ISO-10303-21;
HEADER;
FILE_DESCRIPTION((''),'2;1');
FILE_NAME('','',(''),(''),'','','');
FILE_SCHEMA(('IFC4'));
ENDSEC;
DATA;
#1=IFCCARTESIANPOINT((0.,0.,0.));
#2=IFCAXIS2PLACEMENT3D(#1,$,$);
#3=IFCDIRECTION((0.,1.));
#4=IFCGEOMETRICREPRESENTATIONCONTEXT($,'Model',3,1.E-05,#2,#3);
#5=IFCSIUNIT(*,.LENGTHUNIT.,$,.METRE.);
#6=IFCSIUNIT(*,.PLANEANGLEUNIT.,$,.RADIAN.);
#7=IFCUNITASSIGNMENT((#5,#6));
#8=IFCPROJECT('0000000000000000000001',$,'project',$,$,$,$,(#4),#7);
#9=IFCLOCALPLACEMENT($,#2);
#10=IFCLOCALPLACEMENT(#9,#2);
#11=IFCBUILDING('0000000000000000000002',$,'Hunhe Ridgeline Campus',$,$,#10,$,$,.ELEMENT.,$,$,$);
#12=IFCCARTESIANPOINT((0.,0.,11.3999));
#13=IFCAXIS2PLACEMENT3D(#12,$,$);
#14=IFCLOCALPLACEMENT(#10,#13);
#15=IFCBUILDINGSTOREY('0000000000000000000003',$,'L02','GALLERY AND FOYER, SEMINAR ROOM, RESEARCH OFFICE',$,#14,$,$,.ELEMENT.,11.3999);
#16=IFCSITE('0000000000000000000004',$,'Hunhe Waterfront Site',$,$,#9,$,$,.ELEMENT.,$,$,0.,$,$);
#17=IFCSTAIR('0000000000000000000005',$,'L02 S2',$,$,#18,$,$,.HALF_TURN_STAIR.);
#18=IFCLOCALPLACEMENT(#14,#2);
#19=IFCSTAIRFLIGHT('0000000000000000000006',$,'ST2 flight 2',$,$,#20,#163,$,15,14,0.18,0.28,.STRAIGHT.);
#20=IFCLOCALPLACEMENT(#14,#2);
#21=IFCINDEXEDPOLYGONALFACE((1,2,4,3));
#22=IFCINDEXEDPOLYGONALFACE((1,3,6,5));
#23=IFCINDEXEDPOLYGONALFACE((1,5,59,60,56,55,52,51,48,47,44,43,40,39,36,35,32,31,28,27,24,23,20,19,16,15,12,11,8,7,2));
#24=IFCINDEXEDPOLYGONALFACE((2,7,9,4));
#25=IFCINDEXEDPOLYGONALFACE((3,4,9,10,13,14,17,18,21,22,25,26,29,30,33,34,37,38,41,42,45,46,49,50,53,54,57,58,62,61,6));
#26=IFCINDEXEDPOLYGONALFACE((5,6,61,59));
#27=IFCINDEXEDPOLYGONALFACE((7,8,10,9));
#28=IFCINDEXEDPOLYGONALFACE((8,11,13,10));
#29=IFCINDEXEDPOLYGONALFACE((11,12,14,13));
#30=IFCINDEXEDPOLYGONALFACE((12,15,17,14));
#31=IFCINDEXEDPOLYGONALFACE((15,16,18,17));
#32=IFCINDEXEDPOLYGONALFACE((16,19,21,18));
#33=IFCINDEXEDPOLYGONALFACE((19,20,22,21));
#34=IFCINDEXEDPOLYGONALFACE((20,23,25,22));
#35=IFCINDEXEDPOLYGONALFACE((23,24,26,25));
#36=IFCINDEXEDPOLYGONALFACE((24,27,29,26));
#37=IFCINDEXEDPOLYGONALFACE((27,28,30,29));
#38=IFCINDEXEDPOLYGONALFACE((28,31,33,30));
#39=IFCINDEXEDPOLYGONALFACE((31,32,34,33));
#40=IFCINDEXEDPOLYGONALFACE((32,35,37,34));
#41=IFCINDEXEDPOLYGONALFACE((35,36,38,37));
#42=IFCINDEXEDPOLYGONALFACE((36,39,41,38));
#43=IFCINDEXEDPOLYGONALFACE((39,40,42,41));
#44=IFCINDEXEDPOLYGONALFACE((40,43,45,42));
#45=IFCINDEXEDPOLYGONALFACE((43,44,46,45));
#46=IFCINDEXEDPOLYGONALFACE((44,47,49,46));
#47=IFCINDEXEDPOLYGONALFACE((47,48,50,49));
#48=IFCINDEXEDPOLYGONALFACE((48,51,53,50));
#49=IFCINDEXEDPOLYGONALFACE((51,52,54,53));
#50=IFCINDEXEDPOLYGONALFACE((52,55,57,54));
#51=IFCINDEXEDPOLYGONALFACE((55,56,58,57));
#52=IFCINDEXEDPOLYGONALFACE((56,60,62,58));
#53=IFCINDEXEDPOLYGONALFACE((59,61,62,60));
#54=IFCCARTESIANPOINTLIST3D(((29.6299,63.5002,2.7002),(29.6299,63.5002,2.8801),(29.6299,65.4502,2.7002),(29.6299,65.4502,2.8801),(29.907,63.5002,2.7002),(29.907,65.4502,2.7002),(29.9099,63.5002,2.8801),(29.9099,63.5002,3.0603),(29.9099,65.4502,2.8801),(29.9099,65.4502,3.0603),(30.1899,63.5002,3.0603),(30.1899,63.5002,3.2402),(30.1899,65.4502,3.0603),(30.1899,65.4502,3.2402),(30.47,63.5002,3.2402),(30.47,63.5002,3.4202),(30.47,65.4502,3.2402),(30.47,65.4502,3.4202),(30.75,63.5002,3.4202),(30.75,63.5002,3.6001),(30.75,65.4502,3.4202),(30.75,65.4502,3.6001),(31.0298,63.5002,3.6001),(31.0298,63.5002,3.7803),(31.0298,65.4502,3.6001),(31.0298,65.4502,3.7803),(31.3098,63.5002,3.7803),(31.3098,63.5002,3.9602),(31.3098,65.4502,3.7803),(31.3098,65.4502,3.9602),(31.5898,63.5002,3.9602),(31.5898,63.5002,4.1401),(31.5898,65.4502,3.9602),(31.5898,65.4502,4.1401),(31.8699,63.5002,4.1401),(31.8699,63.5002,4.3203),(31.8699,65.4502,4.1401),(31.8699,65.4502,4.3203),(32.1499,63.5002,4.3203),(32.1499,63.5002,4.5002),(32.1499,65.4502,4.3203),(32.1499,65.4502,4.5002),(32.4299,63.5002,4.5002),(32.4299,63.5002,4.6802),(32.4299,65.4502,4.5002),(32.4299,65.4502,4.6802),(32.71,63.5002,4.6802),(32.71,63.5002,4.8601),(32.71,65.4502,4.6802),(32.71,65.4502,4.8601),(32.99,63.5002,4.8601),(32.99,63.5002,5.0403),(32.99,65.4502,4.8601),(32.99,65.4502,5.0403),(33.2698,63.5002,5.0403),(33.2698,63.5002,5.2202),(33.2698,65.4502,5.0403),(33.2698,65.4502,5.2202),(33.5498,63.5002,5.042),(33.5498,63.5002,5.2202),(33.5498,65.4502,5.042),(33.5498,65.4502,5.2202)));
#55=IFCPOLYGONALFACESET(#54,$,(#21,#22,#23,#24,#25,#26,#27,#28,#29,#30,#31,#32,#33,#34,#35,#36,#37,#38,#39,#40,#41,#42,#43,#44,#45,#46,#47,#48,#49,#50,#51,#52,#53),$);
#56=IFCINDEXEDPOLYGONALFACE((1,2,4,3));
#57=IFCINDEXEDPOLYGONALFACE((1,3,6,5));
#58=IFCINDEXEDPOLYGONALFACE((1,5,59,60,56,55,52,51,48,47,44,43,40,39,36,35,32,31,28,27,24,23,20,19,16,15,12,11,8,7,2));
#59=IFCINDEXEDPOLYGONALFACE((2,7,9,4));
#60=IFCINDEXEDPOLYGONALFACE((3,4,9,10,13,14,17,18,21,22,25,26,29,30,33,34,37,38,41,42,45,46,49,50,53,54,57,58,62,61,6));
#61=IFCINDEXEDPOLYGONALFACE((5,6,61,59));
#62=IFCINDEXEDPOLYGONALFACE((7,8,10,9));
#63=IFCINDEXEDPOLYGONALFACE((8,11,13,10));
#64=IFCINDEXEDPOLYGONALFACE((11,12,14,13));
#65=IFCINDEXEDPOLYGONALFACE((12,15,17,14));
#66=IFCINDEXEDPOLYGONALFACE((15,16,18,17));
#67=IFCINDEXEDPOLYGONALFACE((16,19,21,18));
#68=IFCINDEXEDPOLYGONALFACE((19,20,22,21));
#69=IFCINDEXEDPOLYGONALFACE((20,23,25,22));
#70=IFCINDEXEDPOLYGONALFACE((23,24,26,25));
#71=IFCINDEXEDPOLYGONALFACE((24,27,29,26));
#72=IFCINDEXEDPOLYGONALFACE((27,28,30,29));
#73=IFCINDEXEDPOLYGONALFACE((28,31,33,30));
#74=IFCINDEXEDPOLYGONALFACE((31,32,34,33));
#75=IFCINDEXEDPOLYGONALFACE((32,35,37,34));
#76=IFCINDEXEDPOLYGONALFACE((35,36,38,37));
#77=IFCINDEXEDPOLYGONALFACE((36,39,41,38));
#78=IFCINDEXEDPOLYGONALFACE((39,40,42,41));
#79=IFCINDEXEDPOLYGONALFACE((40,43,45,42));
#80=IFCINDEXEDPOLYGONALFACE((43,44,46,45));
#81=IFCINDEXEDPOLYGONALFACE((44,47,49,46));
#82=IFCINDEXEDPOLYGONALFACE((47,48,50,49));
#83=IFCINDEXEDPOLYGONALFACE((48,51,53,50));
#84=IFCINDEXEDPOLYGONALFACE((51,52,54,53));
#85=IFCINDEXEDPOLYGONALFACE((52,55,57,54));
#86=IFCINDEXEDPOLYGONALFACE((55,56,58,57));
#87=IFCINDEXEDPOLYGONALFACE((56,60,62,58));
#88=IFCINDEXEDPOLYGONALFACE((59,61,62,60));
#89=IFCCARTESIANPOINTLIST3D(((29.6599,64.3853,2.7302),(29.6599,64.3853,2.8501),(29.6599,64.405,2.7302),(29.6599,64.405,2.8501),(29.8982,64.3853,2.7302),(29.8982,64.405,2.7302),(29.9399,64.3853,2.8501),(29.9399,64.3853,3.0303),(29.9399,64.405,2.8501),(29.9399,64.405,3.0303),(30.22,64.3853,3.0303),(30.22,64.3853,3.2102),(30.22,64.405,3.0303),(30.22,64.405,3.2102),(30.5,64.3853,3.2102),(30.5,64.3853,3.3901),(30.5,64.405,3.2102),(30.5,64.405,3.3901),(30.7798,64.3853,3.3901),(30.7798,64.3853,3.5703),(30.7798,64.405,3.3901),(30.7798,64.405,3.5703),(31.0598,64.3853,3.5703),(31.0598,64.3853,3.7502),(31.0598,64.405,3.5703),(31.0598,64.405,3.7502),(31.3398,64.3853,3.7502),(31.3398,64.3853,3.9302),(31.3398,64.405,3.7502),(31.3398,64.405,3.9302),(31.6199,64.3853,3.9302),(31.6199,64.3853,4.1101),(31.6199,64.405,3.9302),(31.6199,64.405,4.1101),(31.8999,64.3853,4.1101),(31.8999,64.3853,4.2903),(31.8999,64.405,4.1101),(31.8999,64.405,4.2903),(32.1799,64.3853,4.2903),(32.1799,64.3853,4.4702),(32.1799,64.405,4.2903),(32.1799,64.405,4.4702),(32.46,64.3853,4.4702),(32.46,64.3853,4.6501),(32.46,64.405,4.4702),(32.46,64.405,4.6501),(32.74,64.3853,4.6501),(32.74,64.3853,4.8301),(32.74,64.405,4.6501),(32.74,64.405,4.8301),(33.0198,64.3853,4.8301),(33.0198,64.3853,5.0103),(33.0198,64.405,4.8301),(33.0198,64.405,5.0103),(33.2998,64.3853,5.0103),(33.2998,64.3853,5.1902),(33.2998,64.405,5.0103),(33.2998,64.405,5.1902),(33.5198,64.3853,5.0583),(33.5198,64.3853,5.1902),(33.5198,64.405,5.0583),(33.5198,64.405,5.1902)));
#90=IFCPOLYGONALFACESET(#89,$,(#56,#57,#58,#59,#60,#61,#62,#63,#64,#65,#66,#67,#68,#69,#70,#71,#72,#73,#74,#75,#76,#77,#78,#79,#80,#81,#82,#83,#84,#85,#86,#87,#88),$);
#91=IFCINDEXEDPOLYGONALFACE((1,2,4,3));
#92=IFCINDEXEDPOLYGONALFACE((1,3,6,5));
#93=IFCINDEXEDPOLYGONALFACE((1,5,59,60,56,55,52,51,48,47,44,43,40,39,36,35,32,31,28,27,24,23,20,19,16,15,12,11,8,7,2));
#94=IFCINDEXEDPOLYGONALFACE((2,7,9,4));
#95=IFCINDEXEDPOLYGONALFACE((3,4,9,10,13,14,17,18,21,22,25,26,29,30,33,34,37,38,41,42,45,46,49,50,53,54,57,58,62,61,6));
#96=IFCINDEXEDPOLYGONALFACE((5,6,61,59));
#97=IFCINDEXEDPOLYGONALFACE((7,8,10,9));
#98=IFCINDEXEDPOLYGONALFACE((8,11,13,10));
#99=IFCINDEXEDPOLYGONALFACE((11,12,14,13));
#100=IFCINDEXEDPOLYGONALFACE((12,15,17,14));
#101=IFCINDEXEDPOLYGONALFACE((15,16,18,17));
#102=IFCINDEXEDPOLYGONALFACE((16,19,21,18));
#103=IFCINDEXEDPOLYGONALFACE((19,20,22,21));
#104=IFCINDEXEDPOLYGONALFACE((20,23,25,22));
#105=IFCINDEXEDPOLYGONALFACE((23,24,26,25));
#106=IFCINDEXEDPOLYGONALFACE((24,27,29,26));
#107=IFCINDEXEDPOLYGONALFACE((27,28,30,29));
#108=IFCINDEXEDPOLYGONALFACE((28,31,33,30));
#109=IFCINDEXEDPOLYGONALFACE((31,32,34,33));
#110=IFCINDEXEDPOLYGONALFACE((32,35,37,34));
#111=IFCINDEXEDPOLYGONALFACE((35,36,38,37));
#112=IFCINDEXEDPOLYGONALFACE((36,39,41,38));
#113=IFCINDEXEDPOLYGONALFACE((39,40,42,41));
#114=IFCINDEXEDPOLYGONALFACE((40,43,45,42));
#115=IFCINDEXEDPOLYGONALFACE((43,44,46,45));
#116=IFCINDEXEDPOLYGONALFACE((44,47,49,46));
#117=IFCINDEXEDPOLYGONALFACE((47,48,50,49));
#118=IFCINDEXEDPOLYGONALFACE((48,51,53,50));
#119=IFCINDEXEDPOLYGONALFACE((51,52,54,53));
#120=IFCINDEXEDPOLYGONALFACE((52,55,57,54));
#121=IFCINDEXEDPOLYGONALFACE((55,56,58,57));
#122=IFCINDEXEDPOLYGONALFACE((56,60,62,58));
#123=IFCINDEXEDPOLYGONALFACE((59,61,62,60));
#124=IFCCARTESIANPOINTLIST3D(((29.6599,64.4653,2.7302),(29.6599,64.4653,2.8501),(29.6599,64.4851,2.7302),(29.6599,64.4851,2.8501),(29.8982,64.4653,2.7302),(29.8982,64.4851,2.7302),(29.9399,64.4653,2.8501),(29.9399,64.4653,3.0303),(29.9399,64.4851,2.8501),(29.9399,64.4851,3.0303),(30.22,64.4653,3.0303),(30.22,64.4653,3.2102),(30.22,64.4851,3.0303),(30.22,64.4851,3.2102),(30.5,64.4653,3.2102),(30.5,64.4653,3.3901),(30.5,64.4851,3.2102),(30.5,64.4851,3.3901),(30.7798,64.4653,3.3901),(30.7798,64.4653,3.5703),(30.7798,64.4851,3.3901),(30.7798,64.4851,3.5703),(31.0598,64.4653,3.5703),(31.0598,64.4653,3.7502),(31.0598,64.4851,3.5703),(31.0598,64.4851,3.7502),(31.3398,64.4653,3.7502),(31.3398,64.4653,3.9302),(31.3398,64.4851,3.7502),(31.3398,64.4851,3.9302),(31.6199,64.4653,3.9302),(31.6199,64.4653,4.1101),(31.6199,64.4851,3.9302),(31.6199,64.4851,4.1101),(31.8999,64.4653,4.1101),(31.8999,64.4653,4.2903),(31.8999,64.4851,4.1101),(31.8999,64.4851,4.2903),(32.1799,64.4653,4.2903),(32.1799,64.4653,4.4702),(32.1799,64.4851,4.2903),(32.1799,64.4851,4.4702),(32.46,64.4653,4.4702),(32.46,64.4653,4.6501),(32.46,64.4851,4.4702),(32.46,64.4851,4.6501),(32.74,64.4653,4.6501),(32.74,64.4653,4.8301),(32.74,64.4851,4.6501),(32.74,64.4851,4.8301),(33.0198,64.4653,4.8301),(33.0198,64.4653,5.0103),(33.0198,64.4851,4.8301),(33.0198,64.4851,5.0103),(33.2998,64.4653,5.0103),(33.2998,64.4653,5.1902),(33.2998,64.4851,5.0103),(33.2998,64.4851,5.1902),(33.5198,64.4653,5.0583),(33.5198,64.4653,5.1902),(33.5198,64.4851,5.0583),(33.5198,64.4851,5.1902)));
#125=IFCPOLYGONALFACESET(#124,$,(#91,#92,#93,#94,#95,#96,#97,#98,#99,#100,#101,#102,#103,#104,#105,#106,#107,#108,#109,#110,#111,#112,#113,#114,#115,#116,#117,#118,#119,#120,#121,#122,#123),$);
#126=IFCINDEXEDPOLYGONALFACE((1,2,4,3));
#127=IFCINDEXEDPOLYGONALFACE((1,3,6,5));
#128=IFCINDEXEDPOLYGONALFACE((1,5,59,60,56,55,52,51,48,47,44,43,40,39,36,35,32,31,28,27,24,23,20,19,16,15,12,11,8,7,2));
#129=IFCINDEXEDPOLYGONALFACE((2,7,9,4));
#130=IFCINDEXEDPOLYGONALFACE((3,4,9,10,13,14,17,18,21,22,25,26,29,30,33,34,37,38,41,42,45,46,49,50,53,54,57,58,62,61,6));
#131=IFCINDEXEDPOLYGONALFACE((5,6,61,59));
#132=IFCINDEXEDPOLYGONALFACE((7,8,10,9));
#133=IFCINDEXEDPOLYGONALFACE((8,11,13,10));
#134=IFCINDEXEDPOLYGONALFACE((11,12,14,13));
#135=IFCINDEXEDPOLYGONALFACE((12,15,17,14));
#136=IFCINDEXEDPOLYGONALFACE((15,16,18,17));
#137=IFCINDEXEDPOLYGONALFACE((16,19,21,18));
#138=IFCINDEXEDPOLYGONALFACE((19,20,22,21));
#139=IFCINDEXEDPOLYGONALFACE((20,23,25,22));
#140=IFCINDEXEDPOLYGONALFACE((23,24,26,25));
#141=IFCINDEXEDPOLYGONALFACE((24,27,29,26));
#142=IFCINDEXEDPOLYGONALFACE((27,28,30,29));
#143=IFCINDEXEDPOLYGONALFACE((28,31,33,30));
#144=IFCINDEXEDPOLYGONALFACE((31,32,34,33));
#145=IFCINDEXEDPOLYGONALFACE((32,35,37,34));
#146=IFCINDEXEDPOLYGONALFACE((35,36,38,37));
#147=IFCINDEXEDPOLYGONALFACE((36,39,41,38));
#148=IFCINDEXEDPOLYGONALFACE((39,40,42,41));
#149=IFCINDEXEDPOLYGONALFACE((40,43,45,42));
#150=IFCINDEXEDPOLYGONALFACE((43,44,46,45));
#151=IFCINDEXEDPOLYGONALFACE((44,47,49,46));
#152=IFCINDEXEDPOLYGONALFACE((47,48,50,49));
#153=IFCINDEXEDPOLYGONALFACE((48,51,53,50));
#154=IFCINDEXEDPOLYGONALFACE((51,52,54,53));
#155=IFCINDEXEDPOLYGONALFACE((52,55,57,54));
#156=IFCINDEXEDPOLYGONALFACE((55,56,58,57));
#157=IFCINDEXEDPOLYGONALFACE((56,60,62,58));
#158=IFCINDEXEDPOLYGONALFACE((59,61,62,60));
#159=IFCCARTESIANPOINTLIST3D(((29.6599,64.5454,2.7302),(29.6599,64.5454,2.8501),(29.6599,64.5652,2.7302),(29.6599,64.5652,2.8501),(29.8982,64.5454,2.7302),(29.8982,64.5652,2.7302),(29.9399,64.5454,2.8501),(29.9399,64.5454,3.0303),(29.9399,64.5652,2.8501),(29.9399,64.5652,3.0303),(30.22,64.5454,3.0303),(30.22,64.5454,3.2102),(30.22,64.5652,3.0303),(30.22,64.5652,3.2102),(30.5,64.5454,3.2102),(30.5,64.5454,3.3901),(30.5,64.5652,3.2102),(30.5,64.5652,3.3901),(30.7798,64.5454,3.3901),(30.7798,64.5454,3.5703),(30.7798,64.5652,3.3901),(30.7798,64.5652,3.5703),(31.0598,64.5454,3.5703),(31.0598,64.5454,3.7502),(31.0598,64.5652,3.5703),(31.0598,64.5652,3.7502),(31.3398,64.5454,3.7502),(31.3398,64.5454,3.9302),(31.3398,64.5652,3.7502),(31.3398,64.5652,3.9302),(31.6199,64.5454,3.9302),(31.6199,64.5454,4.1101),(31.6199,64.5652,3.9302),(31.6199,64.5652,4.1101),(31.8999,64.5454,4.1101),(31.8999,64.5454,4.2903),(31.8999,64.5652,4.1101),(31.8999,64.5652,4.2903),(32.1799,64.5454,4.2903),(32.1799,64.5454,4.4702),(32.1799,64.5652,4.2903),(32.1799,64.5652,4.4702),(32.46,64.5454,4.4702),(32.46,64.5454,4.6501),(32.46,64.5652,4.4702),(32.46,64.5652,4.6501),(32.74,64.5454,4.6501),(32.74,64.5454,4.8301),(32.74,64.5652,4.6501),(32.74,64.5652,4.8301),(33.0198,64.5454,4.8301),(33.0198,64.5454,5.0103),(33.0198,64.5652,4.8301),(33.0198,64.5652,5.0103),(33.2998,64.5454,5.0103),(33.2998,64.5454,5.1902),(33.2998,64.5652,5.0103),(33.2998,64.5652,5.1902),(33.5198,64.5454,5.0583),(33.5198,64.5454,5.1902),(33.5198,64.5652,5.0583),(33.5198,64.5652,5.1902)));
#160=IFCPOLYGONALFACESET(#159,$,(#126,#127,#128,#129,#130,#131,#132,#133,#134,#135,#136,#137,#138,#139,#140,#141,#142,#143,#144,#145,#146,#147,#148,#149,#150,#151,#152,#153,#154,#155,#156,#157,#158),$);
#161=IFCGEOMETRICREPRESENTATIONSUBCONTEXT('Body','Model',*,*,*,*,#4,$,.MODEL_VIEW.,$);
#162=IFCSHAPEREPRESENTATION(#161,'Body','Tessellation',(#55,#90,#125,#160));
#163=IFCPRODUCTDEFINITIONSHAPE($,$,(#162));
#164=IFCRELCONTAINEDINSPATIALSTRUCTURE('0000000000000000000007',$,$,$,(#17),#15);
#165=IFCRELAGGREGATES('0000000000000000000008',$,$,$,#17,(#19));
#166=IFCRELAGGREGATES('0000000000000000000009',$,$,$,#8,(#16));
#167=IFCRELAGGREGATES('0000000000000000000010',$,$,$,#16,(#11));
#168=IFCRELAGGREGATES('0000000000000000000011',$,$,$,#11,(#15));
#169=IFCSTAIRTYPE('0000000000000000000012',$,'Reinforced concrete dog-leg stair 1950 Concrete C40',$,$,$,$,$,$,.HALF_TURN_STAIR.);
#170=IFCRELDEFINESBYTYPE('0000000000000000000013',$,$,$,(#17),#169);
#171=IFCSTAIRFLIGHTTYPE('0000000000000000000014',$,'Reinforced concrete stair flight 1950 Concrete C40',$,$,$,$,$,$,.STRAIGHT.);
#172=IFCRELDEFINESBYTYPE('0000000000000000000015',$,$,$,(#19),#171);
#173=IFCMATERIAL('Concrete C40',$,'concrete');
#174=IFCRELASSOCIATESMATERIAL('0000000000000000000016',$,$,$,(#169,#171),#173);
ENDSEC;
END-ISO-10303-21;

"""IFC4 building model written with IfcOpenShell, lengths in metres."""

from ifc_helpers import new_model, si_unit, direction, frame, origin, place, context, subcontext, project, spatial, polyline, outline, extrude, material, type_object, element, aggregate, save


model = new_model("IFC4")

# Units and contexts
model_context = context("Model", 3, precision=1e-05, world=origin(), true_north=direction((0.0, 1.0)))
body_context = subcontext(model_context, "Body", "Model", "MODEL_VIEW")
ifc_project = project(units=[si_unit("LENGTHUNIT", "METRE"), si_unit("PLANEANGLEUNIT", "RADIAN")], contexts=[model_context])

# Site, building, storey
site_placement = place(None, origin())
site = spatial("IfcSite", under=ifc_project, at=site_placement, Name="Hunhe Waterfront Site", CompositionType="ELEMENT", RefElevation=0.0)
building_placement = place(site_placement, origin())
building = spatial("IfcBuilding", under=site, at=building_placement, Name="Hunhe Ridgeline Campus", CompositionType="ELEMENT")
storey_placement = place(building_placement, frame((0.0, 0.0, 11.3999)))
storey = spatial("IfcBuildingStorey", under=building, at=storey_placement, Name="L02", Description="GALLERY AND FOYER, SEMINAR ROOM, RESEARCH OFFICE", CompositionType="ELEMENT", Elevation=11.3999)

# Stair, stair flight
ifc_material_1 = material(Name="Concrete C40", Category="concrete")
stair_type = type_object("IfcStairType", Name="Reinforced concrete dog-leg stair 1950 Concrete C40", PredefinedType="HALF_TURN_STAIR", material=ifc_material_1)
stair_1_placement = place(storey_placement, origin())
stair_1 = element("IfcStair", 1, at=stair_1_placement, inside=storey, type_object=stair_type, Name="L02 S2", PredefinedType="HALF_TURN_STAIR")
stair_flight_type = type_object("IfcStairFlightType", Name="Reinforced concrete stair flight 1950 Concrete C40", PredefinedType="STRAIGHT", material=ifc_material_1)
stair_flight_1_placement = place(storey_placement, frame((29.6299, 64.4751, 2.7002), z_axis=(0.0, 0.0, 1.0), x_axis=(1.0, 0.0, 0.0)))
stair_flight_1 = element("IfcStairFlight", 2, at=stair_flight_1_placement, type_object=stair_flight_type, Name="ST2 flight 2", NumberOfRisers=15, NumberOfTreads=14, PredefinedType="STRAIGHT", RiserHeight=0.18, TreadLength=0.28, context=body_context, shape_type="SweptSolid", body=[
    extrude(outline(polyline([(0.0, 0.0), (0.0, 0.1799), (0.28, 0.1799), (0.28, 0.3601), (0.5601, 0.3601), (0.5601, 0.54), (0.8401, 0.54), (0.8401, 0.72), (1.1201, 0.72), (1.1201, 0.8999), (1.3999, 0.8999), (1.3999, 1.0801), (1.6799, 1.0801), (1.6799, 1.26), (1.96, 1.26), (1.96, 1.4399), (2.24, 1.4399), (2.24, 1.6201), (2.52, 1.6201), (2.52, 1.8), (2.8, 1.8), (2.8, 1.98), (3.0801, 1.98), (3.0801, 2.1599), (3.3601, 2.1599), (3.3601, 2.3401), (3.6399, 2.3401), (3.6399, 2.52), (3.9199, 2.52), (3.9199, 2.7), (3.9199, 2.3418), (0.2771, 0.0), (0.0, 0.0)])), frame((0.0, 0.9751, 0.0), z_axis=(0.0, -1.0, 0.0), x_axis=(1.0, 0.0, 0.0)), (0.0, 0.0, 1.0), 1.95),
    extrude(outline(polyline([(0.03, 0.03), (0.03, 0.1499), (0.3101, 0.1499), (0.3101, 0.3301), (0.5901, 0.3301), (0.5901, 0.51), (0.8701, 0.51), (0.8701, 0.6899), (1.1499, 0.6899), (1.1499, 0.8701), (1.4299, 0.8701), (1.4299, 1.05), (1.71, 1.05), (1.71, 1.23), (1.99, 1.23), (1.99, 1.4099), (2.27, 1.4099), (2.27, 1.5901), (2.55, 1.5901), (2.55, 1.77), (2.8301, 1.77), (2.8301, 1.95), (3.1101, 1.95), (3.1101, 2.1299), (3.3899, 2.1299), (3.3899, 2.3101), (3.6699, 2.3101), (3.6699, 2.49), (3.8899, 2.49), (3.8899, 2.3582), (0.2683, 0.03), (0.03, 0.03)])), frame((0.0, -0.0701, 0.0), z_axis=(0.0, -1.0, 0.0), x_axis=(1.0, 0.0, 0.0)), (0.0, 0.0, 1.0), 0.0198),
    extrude(outline(polyline([(0.03, 0.03), (0.03, 0.1499), (0.3101, 0.1499), (0.3101, 0.3301), (0.5901, 0.3301), (0.5901, 0.51), (0.8701, 0.51), (0.8701, 0.6899), (1.1499, 0.6899), (1.1499, 0.8701), (1.4299, 0.8701), (1.4299, 1.05), (1.71, 1.05), (1.71, 1.23), (1.99, 1.23), (1.99, 1.4099), (2.27, 1.4099), (2.27, 1.5901), (2.55, 1.5901), (2.55, 1.77), (2.8301, 1.77), (2.8301, 1.95), (3.1101, 1.95), (3.1101, 2.1299), (3.3899, 2.1299), (3.3899, 2.3101), (3.6699, 2.3101), (3.6699, 2.49), (3.8899, 2.49), (3.8899, 2.3582), (0.2683, 0.03), (0.03, 0.03)])), frame((0.0, 0.01, 0.0), z_axis=(0.0, -1.0, 0.0), x_axis=(1.0, 0.0, 0.0)), (0.0, 0.0, 1.0), 0.0198),
    extrude(outline(polyline([(0.03, 0.03), (0.03, 0.1499), (0.3101, 0.1499), (0.3101, 0.3301), (0.5901, 0.3301), (0.5901, 0.51), (0.8701, 0.51), (0.8701, 0.6899), (1.1499, 0.6899), (1.1499, 0.8701), (1.4299, 0.8701), (1.4299, 1.05), (1.71, 1.05), (1.71, 1.23), (1.99, 1.23), (1.99, 1.4099), (2.27, 1.4099), (2.27, 1.5901), (2.55, 1.5901), (2.55, 1.77), (2.8301, 1.77), (2.8301, 1.95), (3.1101, 1.95), (3.1101, 2.1299), (3.3899, 2.1299), (3.3899, 2.3101), (3.6699, 2.3101), (3.6699, 2.49), (3.8899, 2.49), (3.8899, 2.3582), (0.2683, 0.03), (0.03, 0.03)])), frame((0.0, 0.0901, 0.0), z_axis=(0.0, -1.0, 0.0), x_axis=(1.0, 0.0, 0.0)), (0.0, 0.0, 1.0), 0.0198),
])
aggregate(stair_1, [stair_flight_1])

save(model, "model.ifc")
